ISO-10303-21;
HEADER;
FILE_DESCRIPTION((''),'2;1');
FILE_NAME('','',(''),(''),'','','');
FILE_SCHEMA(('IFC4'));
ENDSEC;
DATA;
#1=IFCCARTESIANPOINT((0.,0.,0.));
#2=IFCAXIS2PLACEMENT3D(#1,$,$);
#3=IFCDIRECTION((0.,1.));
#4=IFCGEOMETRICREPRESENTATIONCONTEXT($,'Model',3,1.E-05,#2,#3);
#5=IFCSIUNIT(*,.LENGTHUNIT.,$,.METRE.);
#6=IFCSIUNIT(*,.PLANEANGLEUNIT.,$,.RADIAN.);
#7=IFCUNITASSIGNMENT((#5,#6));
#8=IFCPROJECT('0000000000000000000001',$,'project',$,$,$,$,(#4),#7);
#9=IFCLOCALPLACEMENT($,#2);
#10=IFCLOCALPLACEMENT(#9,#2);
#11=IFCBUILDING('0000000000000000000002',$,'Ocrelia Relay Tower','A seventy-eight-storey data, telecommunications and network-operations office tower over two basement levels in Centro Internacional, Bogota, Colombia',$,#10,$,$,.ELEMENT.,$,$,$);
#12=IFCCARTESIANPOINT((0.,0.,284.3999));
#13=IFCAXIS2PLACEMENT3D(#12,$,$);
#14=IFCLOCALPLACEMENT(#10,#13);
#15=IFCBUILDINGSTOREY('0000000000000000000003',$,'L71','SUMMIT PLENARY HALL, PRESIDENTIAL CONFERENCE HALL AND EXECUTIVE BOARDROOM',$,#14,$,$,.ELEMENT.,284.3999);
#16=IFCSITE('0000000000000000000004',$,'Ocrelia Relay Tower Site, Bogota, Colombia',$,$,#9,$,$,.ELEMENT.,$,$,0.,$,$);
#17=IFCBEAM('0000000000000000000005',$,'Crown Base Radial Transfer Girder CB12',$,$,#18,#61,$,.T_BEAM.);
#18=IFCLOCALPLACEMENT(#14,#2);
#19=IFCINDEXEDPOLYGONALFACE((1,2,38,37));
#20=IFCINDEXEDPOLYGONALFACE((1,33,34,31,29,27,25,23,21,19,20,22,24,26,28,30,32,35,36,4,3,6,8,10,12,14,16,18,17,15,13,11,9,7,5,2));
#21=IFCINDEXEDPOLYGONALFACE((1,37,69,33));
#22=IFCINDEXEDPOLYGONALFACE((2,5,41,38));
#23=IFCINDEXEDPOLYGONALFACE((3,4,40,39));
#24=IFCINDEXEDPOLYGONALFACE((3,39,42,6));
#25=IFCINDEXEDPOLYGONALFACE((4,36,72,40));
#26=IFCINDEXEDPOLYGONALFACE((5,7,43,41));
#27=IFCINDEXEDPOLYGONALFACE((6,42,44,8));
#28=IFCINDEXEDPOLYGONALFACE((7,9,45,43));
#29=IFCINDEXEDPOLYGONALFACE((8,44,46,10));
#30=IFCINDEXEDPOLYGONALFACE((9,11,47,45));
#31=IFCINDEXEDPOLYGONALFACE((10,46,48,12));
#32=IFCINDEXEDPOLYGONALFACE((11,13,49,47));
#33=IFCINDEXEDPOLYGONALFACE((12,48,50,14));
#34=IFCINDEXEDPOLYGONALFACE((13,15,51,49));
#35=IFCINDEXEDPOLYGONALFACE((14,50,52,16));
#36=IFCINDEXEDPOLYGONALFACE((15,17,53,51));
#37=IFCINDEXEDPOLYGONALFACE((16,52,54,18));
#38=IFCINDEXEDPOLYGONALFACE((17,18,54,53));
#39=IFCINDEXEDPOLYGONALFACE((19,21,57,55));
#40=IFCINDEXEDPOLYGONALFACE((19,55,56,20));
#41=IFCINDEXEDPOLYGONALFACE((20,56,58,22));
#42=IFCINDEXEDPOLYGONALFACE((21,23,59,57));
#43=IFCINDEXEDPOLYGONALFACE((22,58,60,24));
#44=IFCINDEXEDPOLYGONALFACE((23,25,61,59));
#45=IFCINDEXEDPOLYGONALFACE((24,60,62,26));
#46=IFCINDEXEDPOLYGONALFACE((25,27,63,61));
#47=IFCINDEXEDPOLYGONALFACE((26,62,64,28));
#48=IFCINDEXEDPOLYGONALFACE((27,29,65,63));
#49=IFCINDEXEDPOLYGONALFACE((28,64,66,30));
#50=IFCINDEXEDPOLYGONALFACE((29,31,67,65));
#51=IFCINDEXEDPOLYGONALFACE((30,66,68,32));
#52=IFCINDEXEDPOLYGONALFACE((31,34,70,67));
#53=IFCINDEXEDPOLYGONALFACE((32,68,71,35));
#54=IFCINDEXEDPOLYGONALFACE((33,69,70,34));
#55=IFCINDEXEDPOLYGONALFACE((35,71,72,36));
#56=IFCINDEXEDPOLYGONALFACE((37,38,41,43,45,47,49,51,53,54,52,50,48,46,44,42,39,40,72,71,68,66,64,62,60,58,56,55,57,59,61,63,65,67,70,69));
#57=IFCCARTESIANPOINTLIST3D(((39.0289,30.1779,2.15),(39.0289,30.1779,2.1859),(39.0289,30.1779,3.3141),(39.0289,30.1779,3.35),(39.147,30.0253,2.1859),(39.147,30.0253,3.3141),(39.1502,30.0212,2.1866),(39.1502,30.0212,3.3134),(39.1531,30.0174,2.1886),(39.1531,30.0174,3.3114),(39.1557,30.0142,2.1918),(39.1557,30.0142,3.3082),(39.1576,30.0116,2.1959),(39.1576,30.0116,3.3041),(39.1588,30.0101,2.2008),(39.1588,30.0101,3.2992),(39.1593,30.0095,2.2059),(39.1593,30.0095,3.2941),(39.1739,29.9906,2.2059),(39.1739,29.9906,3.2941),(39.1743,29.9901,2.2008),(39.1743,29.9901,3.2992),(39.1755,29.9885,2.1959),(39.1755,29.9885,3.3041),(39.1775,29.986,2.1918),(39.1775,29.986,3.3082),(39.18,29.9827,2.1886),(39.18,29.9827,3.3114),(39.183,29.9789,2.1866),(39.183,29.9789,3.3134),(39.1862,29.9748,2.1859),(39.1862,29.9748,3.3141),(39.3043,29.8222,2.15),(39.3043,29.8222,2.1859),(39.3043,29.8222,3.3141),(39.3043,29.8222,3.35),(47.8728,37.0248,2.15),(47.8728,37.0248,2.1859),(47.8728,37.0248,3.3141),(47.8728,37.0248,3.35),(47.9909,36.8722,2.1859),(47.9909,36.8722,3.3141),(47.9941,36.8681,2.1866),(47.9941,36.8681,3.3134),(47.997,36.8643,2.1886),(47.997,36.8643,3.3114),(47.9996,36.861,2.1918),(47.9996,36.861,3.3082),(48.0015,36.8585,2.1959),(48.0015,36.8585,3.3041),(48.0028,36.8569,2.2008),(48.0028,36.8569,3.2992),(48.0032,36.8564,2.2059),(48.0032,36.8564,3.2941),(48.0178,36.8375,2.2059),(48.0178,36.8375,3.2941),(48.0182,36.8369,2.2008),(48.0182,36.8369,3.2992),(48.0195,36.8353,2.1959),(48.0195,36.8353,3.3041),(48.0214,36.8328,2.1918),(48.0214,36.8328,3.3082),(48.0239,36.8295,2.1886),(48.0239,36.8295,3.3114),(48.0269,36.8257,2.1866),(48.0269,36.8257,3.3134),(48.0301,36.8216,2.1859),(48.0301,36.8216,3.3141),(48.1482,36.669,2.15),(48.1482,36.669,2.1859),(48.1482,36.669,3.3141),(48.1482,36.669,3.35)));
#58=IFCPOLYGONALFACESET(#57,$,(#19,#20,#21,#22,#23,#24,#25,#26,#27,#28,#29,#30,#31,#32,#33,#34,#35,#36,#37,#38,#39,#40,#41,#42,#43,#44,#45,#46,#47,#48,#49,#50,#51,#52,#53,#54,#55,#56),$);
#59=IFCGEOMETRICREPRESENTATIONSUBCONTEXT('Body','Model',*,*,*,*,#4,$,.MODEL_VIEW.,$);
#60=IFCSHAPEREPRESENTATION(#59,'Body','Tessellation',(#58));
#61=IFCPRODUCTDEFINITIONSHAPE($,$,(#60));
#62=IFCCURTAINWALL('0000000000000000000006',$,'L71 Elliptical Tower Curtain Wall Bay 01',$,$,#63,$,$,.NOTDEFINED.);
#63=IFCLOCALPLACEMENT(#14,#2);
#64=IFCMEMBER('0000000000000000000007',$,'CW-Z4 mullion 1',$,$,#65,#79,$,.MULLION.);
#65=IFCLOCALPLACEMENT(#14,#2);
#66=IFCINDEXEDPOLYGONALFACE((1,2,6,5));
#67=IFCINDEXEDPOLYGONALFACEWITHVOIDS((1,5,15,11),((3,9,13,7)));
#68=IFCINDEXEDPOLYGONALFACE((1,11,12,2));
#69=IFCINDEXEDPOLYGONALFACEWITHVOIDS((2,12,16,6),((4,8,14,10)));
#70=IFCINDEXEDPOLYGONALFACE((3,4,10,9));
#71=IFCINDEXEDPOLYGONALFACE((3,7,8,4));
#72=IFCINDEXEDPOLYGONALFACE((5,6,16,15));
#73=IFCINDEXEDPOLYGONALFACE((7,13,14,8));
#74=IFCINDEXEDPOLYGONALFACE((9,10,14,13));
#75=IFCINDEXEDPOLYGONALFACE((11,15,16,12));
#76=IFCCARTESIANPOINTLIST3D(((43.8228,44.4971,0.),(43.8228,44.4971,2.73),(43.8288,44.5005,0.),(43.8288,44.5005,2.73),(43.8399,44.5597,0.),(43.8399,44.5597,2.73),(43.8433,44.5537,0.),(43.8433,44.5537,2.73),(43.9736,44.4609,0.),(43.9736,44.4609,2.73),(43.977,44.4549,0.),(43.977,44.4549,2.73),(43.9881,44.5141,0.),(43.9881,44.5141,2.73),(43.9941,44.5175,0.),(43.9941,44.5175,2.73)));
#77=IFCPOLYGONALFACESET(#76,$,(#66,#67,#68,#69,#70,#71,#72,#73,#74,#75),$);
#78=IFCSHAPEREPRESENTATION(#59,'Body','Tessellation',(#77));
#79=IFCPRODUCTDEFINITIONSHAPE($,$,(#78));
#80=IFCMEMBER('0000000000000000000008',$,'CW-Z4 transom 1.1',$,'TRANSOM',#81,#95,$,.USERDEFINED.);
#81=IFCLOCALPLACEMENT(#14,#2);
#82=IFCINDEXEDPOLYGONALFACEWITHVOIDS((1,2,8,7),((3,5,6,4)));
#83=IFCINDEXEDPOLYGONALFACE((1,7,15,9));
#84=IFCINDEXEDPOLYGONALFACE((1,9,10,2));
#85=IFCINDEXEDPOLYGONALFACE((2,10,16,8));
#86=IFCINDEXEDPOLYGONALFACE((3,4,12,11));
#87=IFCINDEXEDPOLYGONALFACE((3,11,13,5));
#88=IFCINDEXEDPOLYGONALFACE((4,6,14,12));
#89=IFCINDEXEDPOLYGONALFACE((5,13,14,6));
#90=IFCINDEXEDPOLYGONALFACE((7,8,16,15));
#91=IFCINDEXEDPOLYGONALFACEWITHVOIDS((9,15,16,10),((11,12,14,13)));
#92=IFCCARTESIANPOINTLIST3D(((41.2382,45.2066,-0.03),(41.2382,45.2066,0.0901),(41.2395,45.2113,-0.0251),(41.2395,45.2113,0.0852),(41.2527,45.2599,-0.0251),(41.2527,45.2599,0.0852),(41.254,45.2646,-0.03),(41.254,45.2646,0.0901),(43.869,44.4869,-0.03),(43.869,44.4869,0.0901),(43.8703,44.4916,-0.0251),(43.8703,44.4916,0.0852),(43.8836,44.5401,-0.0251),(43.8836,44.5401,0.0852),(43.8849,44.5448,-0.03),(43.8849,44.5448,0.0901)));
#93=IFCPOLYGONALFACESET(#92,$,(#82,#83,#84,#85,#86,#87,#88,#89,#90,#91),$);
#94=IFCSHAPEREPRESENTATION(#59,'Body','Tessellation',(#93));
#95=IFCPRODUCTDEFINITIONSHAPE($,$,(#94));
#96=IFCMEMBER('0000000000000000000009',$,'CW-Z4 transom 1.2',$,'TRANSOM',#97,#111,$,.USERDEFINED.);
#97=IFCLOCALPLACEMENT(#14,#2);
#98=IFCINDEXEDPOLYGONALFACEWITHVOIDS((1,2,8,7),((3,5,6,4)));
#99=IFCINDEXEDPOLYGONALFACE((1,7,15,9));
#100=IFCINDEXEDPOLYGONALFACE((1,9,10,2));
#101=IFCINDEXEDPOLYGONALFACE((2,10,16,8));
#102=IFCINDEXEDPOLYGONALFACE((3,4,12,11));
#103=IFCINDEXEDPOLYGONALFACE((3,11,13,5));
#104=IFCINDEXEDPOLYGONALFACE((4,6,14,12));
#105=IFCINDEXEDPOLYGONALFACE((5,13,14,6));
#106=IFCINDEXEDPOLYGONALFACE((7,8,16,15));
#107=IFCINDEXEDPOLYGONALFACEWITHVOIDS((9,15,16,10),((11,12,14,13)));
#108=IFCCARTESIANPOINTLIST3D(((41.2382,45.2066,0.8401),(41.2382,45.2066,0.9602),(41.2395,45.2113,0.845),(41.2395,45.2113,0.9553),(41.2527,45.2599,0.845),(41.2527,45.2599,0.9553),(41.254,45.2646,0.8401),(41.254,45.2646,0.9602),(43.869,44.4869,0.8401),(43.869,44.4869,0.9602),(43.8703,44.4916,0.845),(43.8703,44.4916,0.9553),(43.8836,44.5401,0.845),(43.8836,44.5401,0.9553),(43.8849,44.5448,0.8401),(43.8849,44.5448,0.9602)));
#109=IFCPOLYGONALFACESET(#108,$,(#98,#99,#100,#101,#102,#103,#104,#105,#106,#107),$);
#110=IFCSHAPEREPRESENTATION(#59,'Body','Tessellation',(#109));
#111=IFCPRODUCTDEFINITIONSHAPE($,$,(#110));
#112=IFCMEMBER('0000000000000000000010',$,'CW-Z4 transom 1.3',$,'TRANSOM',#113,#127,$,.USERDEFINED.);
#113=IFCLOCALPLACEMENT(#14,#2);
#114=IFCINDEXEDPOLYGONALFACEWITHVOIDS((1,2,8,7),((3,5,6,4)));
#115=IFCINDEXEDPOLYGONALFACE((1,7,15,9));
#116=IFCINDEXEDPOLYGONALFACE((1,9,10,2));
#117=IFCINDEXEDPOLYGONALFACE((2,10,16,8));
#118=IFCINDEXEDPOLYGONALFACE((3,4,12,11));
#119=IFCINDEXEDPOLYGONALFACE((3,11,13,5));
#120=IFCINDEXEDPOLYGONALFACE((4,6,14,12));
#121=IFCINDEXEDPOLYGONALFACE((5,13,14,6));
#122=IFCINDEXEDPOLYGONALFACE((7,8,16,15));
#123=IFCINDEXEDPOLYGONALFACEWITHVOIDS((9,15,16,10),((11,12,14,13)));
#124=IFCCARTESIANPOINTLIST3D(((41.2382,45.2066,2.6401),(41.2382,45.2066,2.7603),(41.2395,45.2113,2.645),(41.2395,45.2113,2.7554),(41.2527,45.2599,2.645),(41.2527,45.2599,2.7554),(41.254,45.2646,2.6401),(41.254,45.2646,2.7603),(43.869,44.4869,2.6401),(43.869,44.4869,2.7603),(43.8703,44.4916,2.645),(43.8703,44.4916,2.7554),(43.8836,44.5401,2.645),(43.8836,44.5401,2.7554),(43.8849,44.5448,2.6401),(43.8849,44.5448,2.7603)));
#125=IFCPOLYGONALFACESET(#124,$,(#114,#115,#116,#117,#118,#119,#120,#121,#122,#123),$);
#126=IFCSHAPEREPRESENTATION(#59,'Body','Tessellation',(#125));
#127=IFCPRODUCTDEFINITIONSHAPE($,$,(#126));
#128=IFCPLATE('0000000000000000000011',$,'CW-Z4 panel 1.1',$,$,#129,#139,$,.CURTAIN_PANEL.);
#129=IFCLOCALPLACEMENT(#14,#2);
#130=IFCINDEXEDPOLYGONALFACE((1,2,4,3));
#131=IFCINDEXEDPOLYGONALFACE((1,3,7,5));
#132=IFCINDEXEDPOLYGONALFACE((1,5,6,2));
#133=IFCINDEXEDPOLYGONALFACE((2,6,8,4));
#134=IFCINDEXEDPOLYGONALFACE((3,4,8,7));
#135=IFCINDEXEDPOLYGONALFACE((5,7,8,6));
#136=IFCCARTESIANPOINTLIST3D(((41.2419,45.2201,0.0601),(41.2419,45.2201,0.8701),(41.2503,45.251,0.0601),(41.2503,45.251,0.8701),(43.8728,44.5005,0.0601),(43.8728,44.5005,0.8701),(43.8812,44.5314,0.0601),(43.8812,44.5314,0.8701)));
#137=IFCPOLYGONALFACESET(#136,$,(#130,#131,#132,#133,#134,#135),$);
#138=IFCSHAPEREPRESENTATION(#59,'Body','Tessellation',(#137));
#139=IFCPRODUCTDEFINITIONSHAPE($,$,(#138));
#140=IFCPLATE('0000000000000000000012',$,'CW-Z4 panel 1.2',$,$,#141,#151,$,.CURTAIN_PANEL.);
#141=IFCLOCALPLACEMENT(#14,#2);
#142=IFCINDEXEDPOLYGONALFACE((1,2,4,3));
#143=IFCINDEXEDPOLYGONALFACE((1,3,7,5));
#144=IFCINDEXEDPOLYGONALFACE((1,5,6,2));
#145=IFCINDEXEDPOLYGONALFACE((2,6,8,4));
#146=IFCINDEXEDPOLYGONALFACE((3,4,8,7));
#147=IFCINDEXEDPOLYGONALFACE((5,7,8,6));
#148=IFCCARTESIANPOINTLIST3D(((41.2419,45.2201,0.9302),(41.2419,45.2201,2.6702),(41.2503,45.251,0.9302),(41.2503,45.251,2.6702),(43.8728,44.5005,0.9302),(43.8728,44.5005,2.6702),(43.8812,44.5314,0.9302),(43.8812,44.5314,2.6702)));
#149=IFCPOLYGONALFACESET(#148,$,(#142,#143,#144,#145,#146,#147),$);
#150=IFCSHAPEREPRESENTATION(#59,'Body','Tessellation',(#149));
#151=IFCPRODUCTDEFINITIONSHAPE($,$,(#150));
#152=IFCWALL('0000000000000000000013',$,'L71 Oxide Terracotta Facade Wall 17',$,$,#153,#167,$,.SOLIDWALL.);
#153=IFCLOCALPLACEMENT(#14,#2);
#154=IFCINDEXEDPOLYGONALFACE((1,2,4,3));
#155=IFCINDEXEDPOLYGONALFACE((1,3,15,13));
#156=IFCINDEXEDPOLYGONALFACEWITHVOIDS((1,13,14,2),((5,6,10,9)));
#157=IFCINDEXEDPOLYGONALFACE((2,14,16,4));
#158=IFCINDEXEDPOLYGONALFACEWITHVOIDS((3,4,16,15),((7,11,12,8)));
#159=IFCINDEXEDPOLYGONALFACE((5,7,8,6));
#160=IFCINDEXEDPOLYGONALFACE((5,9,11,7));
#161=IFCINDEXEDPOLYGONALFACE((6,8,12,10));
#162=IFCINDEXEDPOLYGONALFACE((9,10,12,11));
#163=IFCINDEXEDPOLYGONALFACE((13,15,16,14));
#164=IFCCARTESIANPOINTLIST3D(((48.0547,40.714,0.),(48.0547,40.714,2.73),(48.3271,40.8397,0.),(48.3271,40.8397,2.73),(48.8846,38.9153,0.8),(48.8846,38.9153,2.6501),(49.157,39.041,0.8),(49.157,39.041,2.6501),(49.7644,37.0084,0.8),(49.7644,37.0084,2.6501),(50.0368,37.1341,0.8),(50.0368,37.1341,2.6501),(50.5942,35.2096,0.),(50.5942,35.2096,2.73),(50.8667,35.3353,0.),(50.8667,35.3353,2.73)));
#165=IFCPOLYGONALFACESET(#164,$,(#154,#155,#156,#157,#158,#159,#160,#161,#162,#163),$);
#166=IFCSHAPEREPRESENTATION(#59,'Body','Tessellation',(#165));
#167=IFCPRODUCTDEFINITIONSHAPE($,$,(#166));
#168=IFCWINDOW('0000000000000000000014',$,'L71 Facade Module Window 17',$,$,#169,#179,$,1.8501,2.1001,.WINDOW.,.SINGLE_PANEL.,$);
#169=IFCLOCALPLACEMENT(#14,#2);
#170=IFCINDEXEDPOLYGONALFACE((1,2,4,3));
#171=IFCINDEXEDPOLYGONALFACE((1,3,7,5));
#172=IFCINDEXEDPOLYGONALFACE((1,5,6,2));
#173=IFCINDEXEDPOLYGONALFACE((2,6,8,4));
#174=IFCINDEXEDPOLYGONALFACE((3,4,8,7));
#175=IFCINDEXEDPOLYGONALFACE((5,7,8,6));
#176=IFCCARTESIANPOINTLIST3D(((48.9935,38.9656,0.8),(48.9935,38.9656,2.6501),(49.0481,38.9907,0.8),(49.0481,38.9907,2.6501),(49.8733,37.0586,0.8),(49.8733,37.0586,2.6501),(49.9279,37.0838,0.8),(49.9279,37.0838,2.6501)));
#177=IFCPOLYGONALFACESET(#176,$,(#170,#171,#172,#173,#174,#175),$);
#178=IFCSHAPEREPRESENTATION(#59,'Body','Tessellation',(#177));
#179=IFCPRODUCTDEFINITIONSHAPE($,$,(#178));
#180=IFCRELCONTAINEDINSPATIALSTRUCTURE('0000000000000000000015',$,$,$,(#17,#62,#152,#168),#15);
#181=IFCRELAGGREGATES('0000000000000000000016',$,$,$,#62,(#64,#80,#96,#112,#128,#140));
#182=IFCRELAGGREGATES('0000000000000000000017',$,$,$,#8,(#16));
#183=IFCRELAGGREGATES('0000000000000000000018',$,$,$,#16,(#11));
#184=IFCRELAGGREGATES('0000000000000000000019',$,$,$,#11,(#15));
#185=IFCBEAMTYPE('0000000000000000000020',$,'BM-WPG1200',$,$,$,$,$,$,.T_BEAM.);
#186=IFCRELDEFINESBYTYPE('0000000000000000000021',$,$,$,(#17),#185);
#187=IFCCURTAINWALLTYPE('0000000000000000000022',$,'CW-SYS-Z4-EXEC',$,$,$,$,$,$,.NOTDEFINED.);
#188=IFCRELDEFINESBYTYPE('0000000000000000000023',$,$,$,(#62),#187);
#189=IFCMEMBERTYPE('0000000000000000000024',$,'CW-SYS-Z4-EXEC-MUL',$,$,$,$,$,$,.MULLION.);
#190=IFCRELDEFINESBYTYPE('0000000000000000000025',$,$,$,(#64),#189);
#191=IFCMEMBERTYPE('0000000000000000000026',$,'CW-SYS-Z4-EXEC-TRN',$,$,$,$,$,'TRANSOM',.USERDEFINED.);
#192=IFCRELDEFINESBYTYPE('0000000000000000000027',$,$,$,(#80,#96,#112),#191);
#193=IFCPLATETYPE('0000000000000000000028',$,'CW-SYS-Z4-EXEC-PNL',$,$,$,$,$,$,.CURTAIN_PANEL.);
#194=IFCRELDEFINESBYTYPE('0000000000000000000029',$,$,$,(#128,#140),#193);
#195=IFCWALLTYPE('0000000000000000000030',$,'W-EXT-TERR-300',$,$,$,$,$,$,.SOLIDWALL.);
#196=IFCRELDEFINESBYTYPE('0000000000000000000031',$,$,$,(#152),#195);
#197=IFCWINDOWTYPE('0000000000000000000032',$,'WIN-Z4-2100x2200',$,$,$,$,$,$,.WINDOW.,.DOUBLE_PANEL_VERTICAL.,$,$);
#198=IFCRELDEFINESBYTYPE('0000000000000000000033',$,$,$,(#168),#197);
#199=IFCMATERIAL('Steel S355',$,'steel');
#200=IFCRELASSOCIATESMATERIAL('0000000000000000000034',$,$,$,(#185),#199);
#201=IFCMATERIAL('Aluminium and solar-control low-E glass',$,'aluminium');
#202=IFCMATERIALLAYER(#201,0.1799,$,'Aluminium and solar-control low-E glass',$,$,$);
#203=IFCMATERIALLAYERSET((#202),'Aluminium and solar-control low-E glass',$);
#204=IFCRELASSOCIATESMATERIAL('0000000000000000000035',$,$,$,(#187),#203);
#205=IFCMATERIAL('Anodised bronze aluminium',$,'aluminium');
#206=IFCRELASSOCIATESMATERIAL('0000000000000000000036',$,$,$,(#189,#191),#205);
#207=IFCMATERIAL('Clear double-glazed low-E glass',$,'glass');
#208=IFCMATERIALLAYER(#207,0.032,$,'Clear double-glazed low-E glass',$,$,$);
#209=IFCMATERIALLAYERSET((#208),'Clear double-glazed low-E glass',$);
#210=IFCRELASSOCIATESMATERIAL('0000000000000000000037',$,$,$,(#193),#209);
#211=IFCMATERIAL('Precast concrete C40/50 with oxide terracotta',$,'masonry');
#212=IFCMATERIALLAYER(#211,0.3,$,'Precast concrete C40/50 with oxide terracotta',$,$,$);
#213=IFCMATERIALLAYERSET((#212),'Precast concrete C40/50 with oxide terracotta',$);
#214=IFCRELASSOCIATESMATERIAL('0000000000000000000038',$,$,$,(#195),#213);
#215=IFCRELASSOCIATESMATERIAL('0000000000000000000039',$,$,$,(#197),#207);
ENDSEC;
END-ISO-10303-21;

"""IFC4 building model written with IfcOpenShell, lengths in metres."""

from ifc_helpers import new_model, si_unit, direction, frame, frame_2d, origin, origin_2d, place, context, subcontext, project, spatial, rectangle, hollow_rectangle, i_section, extrude, material, layer, layer_set, material_profile, profile_set, type_object, element, fill, aggregate, save


model = new_model("IFC4")

# Units and contexts
model_context = context("Model", 3, precision=1e-05, world=origin(), true_north=direction((0.0, 1.0)))
body_context = subcontext(model_context, "Body", "Model", "MODEL_VIEW")
ifc_project = project(units=[si_unit("LENGTHUNIT", "METRE"), si_unit("PLANEANGLEUNIT", "RADIAN")], contexts=[model_context])

# Site, building, storey
site_placement = place(None, origin())
site = spatial("IfcSite", under=ifc_project, at=site_placement, Name="Ocrelia Relay Tower Site, Bogota, Colombia", CompositionType="ELEMENT", RefElevation=0.0)
building_placement = place(site_placement, origin())
building = spatial("IfcBuilding", under=site, at=building_placement, Name="Ocrelia Relay Tower", Description="A seventy-eight-storey data, telecommunications and network-operations office tower over two basement levels in Centro Internacional, Bogota, Colombia", CompositionType="ELEMENT")
storey_placement = place(building_placement, frame((0.0, 0.0, 284.3999)))
storey = spatial("IfcBuildingStorey", under=building, at=storey_placement, Name="L71", Description="SUMMIT PLENARY HALL, PRESIDENTIAL CONFERENCE HALL AND EXECUTIVE BOARDROOM", CompositionType="ELEMENT", Elevation=284.3999)

# Beam
ifc_material_1 = material(Name="Steel S355", Category="steel")
ifc_material_profile_1 = material_profile(ifc_material_1, i_section(OverallWidth=0.45, OverallDepth=1.2, WebThickness=0.0239, FlangeThickness=0.0359, FilletRadius=0.02, at=origin_2d()), Name="WPG 1200x450")
ifc_profile_set_1 = profile_set([ifc_material_profile_1], Name="Steel S355")
beam_type_1 = type_object("IfcBeamType", Name="BM-WPG1200", PredefinedType="T_BEAM", material=ifc_profile_set_1)
beam_1_placement = place(storey_placement, frame((48.0105, 36.8469, 2.75), z_axis=(-0.790725, -0.612171, 0.0), x_axis=(0.612171, -0.790725, 0.0)))
element("IfcBeam", 1, at=beam_1_placement, inside=storey, type_object=beam_type_1, Name="Crown Base Radial Transfer Girder CB12", PredefinedType="T_BEAM", context=body_context, shape_type="SweptSolid", body=[
    extrude(i_section(OverallWidth=0.45, OverallDepth=1.2, WebThickness=0.0239, FlangeThickness=0.0359, FilletRadius=0.02, at=origin_2d()), origin(), (0.0, 0.0, 1.0), 11.1846),
])

# Curtain wall, members, plates
ifc_material_2 = material(Name="Aluminium and solar-control low-E glass", Category="aluminium")
ifc_layer_1 = layer(ifc_material_2, 0.1799, Name="Aluminium and solar-control low-E glass")
ifc_layer_set_1 = layer_set([ifc_layer_1], Name="Aluminium and solar-control low-E glass")
curtain_wall_type = type_object("IfcCurtainWallType", Name="CW-SYS-Z4-EXEC", PredefinedType="NOTDEFINED", material=ifc_layer_set_1)
curtain_wall_placement = place(storey_placement, origin())
curtain_wall = element("IfcCurtainWall", 2, at=curtain_wall_placement, inside=storey, type_object=curtain_wall_type, Name="L71 Elliptical Tower Curtain Wall Bay 01", PredefinedType="NOTDEFINED")
ifc_material_3 = material(Name="Anodised bronze aluminium", Category="aluminium")
ifc_material_profile_2 = material_profile(ifc_material_3, hollow_rectangle(XDim=0.0649, YDim=0.1599, WallThickness=0.0049, at=origin_2d()), Name="CW-MUL-160x65")
ifc_profile_set_2 = profile_set([ifc_material_profile_2], Name="Anodised bronze aluminium")
member_type_1 = type_object("IfcMemberType", Name="CW-SYS-Z4-EXEC-MUL", PredefinedType="MULLION", material=ifc_profile_set_2)
member_1_placement = place(storey_placement, frame((43.9084, 44.5073, 0.0), z_axis=(0.0, 0.0, 1.0), x_axis=(-0.263827, -0.96457, 0.0)))
member_1 = element("IfcMember", 3, at=member_1_placement, type_object=member_type_1, Name="CW-Z4 mullion 1", PredefinedType="MULLION", context=body_context, shape_type="SweptSolid", body=[
    extrude(hollow_rectangle(XDim=0.0649, YDim=0.1599, WallThickness=0.0049, at=origin_2d()), origin(), (0.0, 0.0, 1.0), 2.73),
])
ifc_material_profile_3 = material_profile(ifc_material_3, hollow_rectangle(XDim=0.0601, YDim=0.1201, WallThickness=0.0049, at=origin_2d()), Name="CW-TRN-120x60")
ifc_profile_set_3 = profile_set([ifc_material_profile_3], Name="Anodised bronze aluminium")
member_type_2 = type_object("IfcMemberType", Name="CW-SYS-Z4-EXEC-TRN", ElementType="TRANSOM", PredefinedType="USERDEFINED", material=ifc_profile_set_3)
member_2_placement = place(storey_placement, frame((43.877, 44.5159, 0.03), z_axis=(-0.964557, 0.263875, 0.0), x_axis=(-0.263875, -0.964557, 0.0)))
member_2 = element("IfcMember", 4, at=member_2_placement, type_object=member_type_2, Name="CW-Z4 transom 1.1", ObjectType="TRANSOM", PredefinedType="USERDEFINED", context=body_context, shape_type="SweptSolid", body=[
    extrude(hollow_rectangle(XDim=0.0601, YDim=0.1201, WallThickness=0.0049, at=origin_2d()), origin(), (0.0, 0.0, 1.0), 2.7275),
])
member_3_placement = place(storey_placement, frame((43.877, 44.5159, 0.9001), z_axis=(-0.964557, 0.263875, 0.0), x_axis=(-0.263875, -0.964557, 0.0)))
member_3 = element("IfcMember", 5, at=member_3_placement, type_object=member_type_2, Name="CW-Z4 transom 1.2", ObjectType="TRANSOM", PredefinedType="USERDEFINED", context=body_context, shape_type="SweptSolid", body=[
    extrude(hollow_rectangle(XDim=0.0601, YDim=0.1201, WallThickness=0.0049, at=origin_2d()), origin(), (0.0, 0.0, 1.0), 2.7275),
])
member_4_placement = place(storey_placement, frame((43.877, 44.5159, 2.7002), z_axis=(-0.964557, 0.263875, 0.0), x_axis=(-0.263875, -0.964557, 0.0)))
member_4 = element("IfcMember", 6, at=member_4_placement, type_object=member_type_2, Name="CW-Z4 transom 1.3", ObjectType="TRANSOM", PredefinedType="USERDEFINED", context=body_context, shape_type="SweptSolid", body=[
    extrude(hollow_rectangle(XDim=0.0601, YDim=0.1201, WallThickness=0.0049, at=origin_2d()), origin(), (0.0, 0.0, 1.0), 2.7275),
])
ifc_material_4 = material(Name="Clear double-glazed low-E glass", Category="glass")
ifc_layer_2 = layer(ifc_material_4, 0.032, Name="Clear double-glazed low-E glass")
ifc_layer_set_2 = layer_set([ifc_layer_2], Name="Clear double-glazed low-E glass")
plate_type = type_object("IfcPlateType", Name="CW-SYS-Z4-EXEC-PNL", PredefinedType="CURTAIN_PANEL", material=ifc_layer_set_2)
plate_1_placement = place(storey_placement, frame((42.5615, 44.8757, 0.0601), z_axis=(0.0, 0.0, 1.0), x_axis=(-0.96457, 0.263827, 0.0)))
plate_1 = element("IfcPlate", 7, at=plate_1_placement, type_object=plate_type, Name="CW-Z4 panel 1.1", PredefinedType="CURTAIN_PANEL", context=body_context, shape_type="SweptSolid", body=[
    extrude(rectangle(XDim=2.7275, YDim=0.032, at=origin_2d()), origin(), (0.0, 0.0, 1.0), 0.8101),
])
plate_2_placement = place(storey_placement, frame((42.5615, 44.8757, 0.9302), z_axis=(0.0, 0.0, 1.0), x_axis=(-0.96457, 0.263827, 0.0)))
plate_2 = element("IfcPlate", 8, at=plate_2_placement, type_object=plate_type, Name="CW-Z4 panel 1.2", PredefinedType="CURTAIN_PANEL", context=body_context, shape_type="SweptSolid", body=[
    extrude(rectangle(XDim=2.7275, YDim=0.032, at=origin_2d()), origin(), (0.0, 0.0, 1.0), 1.74),
])
aggregate(curtain_wall, [member_1, member_2, member_3, member_4, plate_1, plate_2])

# Wall, opening, window
ifc_material_5 = material(Name="Precast concrete C40/50 with oxide terracotta", Category="masonry")
ifc_layer_3 = layer(ifc_material_5, 0.3, Name="Precast concrete C40/50 with oxide terracotta")
ifc_layer_set_3 = layer_set([ifc_layer_3], Name="Precast concrete C40/50 with oxide terracotta")
wall_type = type_object("IfcWallType", Name="W-EXT-TERR-300", PredefinedType="SOLIDWALL", material=ifc_layer_set_3)
wall_1_placement = place(storey_placement, frame((50.7305, 35.2725, 0.0), z_axis=(0.0, 0.0, 1.0), x_axis=(-0.41893, 0.908018, 0.0)))
wall_1 = element("IfcWall", 9, at=wall_1_placement, inside=storey, type_object=wall_type, Name="L71 Oxide Terracotta Facade Wall 17", PredefinedType="SOLIDWALL", context=body_context, shape_type="SweptSolid", body=[
    extrude(rectangle(XDim=6.062, YDim=0.3, at=frame_2d((3.031, 0.0))), origin(), (0.0, 0.0, 1.0), 2.73),
])
opening_1_placement = place(wall_1_placement, frame((1.981, 0.0, 0.8)))
opening_1 = element("IfcOpeningElement", 10, at=opening_1_placement, cuts=wall_1, PredefinedType="OPENING", context=body_context, shape_type="SweptSolid", body=[
    extrude(rectangle(XDim=2.1001, YDim=1.8501, at=frame_2d((1.05, 0.925))), frame((0.0, 0.1602, 0.0), z_axis=(0.0, -1.0, 0.0), x_axis=(1.0, 0.0, 0.0)), (0.0, 0.0, 1.0), 0.3201),
])
window_type = type_object("IfcWindowType", Name="WIN-Z4-2100x2200", PartitioningType="DOUBLE_PANEL_VERTICAL", PredefinedType="WINDOW", material=ifc_material_4)
window_1_placement = place(opening_1_placement, origin())
window_1 = element("IfcWindow", 11, at=window_1_placement, inside=storey, type_object=window_type, Name="L71 Facade Module Window 17", OverallHeight=1.8501, OverallWidth=2.1001, PartitioningType="SINGLE_PANEL", PredefinedType="WINDOW", context=body_context, shape_type="SweptSolid", body=[
    extrude(rectangle(XDim=2.1001, YDim=1.8501, at=frame_2d((1.05, 0.925))), frame((0.0, 0.03, 0.0), z_axis=(0.0, -1.0, 0.0), x_axis=(1.0, 0.0, 0.0)), (0.0, 0.0, 1.0), 0.0601),
])
fill(opening_1, window_1)

save(model, "model.ifc")
